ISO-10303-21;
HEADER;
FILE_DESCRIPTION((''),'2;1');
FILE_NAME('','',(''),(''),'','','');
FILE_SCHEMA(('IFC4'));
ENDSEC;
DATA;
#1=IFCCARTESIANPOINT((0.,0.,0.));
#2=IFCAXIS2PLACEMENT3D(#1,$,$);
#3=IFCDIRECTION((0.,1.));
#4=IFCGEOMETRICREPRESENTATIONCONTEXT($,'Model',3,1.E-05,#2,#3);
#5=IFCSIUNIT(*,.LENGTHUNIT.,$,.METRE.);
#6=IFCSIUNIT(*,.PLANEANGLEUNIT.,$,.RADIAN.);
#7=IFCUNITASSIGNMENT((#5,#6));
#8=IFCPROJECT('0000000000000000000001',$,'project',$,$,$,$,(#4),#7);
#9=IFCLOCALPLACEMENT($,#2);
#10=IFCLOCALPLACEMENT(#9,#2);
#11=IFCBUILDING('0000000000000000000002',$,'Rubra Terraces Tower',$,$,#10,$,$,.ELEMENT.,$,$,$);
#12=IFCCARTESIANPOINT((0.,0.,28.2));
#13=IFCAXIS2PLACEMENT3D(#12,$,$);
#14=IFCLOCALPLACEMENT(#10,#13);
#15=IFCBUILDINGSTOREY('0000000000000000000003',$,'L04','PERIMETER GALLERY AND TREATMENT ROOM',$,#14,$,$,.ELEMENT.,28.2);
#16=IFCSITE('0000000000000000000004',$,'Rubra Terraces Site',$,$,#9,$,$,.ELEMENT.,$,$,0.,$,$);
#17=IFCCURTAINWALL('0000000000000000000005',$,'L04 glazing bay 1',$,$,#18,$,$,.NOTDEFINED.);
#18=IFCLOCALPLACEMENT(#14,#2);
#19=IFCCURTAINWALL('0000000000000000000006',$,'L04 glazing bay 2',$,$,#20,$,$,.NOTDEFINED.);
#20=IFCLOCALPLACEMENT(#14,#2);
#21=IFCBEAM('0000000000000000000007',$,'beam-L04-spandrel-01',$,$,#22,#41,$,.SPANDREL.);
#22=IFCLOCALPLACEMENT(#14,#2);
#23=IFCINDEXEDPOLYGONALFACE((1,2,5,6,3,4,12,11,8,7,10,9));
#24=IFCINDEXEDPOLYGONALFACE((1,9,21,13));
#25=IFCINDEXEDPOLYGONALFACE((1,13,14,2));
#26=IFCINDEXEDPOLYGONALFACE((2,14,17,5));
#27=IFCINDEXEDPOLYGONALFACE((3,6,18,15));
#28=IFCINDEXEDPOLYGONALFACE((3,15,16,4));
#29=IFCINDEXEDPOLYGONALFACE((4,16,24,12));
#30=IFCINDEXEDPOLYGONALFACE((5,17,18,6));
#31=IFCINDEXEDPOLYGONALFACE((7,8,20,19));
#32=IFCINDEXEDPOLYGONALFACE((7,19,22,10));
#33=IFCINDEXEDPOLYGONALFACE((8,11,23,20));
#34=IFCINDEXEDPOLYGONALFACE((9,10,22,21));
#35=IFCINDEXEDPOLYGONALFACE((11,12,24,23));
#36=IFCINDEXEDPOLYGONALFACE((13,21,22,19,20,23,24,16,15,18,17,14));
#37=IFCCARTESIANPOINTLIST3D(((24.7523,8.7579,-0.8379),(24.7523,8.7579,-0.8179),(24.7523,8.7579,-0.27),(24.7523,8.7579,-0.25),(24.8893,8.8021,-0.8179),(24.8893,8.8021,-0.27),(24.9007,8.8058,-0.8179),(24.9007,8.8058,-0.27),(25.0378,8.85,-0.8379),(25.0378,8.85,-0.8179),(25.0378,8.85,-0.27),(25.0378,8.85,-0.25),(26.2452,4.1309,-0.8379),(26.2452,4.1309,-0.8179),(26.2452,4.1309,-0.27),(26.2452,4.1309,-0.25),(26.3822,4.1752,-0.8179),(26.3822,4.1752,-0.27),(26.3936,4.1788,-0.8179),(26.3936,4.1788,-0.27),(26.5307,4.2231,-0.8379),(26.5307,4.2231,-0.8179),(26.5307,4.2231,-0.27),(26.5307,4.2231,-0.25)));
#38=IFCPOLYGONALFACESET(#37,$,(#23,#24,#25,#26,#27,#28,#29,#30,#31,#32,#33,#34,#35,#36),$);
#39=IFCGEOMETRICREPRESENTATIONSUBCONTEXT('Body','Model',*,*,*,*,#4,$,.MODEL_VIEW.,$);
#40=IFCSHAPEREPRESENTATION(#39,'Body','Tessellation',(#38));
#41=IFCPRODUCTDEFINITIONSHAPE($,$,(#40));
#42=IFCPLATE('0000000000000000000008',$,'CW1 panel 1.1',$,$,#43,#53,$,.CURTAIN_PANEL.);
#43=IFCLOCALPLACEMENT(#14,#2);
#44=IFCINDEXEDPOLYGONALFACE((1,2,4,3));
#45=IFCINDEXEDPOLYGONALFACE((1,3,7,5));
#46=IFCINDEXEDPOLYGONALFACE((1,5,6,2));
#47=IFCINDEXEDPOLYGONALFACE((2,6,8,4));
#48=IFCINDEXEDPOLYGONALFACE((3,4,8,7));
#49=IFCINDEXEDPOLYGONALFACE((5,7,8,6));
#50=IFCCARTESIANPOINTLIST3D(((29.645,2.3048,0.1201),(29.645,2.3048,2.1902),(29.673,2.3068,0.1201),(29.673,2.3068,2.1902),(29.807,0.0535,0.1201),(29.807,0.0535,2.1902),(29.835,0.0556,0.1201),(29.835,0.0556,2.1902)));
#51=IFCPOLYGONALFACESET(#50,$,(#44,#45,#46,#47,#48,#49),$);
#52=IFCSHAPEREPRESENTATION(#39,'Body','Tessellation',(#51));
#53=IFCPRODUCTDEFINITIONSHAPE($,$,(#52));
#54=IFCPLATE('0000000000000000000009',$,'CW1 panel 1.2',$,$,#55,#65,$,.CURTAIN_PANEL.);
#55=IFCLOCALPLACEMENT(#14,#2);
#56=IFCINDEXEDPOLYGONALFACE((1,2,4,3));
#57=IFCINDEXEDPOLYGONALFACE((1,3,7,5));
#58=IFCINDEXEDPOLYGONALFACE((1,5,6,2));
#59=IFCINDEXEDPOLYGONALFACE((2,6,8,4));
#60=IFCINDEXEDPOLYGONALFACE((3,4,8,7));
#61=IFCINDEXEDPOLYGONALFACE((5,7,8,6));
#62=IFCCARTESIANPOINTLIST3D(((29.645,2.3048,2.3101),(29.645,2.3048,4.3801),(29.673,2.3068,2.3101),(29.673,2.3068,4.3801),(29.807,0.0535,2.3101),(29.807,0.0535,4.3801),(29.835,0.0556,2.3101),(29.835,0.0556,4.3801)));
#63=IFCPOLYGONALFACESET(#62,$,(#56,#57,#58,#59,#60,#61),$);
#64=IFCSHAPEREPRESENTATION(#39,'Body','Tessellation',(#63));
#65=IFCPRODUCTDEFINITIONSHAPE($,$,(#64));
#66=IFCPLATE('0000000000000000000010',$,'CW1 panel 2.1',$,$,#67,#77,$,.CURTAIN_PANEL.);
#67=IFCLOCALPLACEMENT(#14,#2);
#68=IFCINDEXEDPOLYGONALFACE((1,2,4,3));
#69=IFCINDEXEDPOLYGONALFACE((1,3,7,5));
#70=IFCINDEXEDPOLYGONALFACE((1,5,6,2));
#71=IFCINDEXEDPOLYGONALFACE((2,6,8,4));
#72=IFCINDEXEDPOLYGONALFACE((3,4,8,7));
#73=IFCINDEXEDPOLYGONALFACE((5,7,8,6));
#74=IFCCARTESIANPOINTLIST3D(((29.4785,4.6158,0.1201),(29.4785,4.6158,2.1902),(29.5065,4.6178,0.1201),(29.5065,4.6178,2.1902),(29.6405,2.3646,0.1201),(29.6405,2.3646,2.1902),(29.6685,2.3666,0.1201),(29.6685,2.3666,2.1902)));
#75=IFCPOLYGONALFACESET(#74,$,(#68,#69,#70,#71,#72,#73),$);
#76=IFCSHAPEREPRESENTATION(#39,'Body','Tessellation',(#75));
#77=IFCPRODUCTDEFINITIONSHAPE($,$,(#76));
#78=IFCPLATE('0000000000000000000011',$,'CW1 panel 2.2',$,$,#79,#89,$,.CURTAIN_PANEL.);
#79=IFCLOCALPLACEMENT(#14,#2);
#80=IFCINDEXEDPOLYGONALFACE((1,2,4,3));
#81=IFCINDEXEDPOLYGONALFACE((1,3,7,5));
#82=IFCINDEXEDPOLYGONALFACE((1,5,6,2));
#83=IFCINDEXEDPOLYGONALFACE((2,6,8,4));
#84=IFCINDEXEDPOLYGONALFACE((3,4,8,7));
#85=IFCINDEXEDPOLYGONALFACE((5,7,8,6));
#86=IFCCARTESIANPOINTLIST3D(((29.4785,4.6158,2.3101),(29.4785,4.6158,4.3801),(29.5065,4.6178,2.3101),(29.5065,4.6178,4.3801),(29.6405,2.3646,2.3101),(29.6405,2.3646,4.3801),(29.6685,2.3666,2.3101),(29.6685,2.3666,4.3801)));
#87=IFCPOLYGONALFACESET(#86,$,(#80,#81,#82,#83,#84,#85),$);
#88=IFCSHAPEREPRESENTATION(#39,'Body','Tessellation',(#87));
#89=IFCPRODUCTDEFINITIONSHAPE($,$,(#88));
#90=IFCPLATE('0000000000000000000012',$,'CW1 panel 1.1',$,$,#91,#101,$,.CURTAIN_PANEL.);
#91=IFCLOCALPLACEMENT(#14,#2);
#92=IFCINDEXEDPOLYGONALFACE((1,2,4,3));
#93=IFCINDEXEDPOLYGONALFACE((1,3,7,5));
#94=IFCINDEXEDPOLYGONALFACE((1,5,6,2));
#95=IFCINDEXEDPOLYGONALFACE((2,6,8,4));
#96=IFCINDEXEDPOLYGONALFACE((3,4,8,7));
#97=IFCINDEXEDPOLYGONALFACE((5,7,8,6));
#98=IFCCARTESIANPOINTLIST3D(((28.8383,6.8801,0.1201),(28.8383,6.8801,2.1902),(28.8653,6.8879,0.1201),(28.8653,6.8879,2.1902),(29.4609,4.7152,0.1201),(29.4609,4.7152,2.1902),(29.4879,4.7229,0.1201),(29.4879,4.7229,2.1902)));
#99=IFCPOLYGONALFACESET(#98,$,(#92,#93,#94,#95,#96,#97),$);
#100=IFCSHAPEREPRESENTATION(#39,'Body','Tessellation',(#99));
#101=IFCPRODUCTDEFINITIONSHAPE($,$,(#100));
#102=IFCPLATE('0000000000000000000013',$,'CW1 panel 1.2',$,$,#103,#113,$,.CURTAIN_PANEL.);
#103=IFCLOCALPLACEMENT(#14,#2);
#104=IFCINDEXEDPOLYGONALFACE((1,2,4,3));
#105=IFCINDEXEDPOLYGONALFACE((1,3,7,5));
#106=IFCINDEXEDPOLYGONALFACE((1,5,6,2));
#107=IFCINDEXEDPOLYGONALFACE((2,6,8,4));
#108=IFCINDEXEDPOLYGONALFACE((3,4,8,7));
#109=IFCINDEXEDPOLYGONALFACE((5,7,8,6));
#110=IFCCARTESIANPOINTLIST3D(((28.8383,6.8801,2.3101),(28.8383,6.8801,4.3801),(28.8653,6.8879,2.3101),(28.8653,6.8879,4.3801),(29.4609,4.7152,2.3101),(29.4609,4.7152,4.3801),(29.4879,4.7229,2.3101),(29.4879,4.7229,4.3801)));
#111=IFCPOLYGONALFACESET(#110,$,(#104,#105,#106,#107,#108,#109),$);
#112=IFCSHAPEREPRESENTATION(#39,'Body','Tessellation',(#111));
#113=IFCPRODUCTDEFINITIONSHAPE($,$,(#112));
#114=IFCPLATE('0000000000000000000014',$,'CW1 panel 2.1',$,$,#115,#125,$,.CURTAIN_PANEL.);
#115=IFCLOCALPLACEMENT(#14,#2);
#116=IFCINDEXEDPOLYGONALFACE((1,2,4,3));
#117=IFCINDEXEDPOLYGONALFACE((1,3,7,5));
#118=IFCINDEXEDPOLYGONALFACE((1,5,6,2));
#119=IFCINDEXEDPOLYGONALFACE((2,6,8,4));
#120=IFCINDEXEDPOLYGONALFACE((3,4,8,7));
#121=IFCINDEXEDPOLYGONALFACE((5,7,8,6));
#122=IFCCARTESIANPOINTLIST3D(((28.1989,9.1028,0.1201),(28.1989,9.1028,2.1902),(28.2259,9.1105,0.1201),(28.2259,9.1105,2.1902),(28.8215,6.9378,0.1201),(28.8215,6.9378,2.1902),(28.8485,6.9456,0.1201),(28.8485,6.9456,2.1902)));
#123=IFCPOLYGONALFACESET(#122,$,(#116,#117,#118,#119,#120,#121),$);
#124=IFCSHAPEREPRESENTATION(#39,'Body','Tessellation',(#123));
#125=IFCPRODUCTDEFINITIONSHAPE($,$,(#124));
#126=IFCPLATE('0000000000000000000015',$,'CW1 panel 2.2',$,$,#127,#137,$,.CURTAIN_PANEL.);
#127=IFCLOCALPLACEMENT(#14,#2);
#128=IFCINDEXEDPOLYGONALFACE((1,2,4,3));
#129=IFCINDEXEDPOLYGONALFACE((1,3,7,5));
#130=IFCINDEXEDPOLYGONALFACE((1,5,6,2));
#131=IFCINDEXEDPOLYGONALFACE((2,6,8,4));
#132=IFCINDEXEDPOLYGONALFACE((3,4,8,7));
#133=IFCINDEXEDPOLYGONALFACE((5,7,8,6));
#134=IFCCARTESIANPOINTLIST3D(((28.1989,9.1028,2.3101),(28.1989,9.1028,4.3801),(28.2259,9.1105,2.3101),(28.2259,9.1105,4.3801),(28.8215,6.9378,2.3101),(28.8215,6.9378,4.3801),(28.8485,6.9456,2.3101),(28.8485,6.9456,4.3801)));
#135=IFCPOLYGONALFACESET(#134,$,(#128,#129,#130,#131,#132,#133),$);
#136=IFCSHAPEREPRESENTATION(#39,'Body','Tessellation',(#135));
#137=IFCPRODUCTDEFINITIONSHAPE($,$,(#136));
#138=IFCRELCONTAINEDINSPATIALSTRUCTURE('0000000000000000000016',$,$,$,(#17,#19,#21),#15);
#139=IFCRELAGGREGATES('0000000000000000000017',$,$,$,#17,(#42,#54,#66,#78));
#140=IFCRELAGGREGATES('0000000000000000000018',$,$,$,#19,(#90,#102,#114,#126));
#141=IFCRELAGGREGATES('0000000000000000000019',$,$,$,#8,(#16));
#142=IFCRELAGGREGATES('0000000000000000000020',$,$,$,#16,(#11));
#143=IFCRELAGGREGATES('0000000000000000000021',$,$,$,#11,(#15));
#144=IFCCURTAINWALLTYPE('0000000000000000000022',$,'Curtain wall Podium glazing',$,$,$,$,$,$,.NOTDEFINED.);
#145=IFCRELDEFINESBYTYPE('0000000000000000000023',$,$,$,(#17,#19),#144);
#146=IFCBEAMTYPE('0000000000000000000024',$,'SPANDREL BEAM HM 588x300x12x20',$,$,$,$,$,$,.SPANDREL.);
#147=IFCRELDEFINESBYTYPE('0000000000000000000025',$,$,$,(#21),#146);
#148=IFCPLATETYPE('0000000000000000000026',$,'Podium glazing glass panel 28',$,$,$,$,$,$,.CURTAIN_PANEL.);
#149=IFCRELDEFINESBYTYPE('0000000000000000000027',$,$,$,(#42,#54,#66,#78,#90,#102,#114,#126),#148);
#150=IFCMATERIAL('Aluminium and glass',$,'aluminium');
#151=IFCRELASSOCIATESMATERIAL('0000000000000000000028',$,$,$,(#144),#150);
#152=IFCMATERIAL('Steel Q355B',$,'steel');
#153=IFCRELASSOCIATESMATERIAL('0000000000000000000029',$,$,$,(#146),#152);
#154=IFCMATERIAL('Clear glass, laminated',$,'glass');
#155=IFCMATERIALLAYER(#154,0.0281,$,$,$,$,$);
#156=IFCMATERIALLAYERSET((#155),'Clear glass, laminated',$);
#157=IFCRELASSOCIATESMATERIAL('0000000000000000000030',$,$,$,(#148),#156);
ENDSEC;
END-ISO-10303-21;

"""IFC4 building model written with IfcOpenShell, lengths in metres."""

from ifc_helpers import new_model, si_unit, direction, frame, origin, origin_2d, place, context, subcontext, project, spatial, rectangle, i_section, extrude, material, layer, layer_set, material_profile, profile_set, type_object, element, aggregate, save


model = new_model("IFC4")

# Units and contexts
model_context = context("Model", 3, precision=1e-05, world=origin(), true_north=direction((0.0, 1.0)))
body_context = subcontext(model_context, "Body", "Model", "MODEL_VIEW")
ifc_project = project(units=[si_unit("LENGTHUNIT", "METRE"), si_unit("PLANEANGLEUNIT", "RADIAN")], contexts=[model_context])

# Site, building, storey
site_placement = place(None, origin())
site = spatial("IfcSite", under=ifc_project, at=site_placement, Name="Rubra Terraces Site", CompositionType="ELEMENT", RefElevation=0.0)
building_placement = place(site_placement, origin())
building = spatial("IfcBuilding", under=site, at=building_placement, Name="Rubra Terraces Tower", CompositionType="ELEMENT")
storey_placement = place(building_placement, frame((0.0, 0.0, 28.2)))
storey = spatial("IfcBuildingStorey", under=building, at=storey_placement, Name="L04", Description="PERIMETER GALLERY AND TREATMENT ROOM", CompositionType="ELEMENT", Elevation=28.2)

# Shared definitions
ifc_material_1 = material(Name="Steel Q355B", Category="steel")

# Curtain walls
ifc_material_2 = material(Name="Aluminium and glass", Category="aluminium")
curtain_wall_type = type_object("IfcCurtainWallType", Name="Curtain wall Podium glazing", PredefinedType="NOTDEFINED", material=ifc_material_2)
curtain_wall_1_placement = place(storey_placement, origin())
curtain_wall_1 = element("IfcCurtainWall", 1, at=curtain_wall_1_placement, inside=storey, type_object=curtain_wall_type, Name="L04 glazing bay 1", PredefinedType="NOTDEFINED")
curtain_wall_2_placement = place(storey_placement, origin())
curtain_wall_2 = element("IfcCurtainWall", 2, at=curtain_wall_2_placement, inside=storey, type_object=curtain_wall_type, Name="L04 glazing bay 2", PredefinedType="NOTDEFINED")

# Beam
ifc_material_profile_1 = material_profile(ifc_material_1, i_section(OverallWidth=0.3, OverallDepth=0.5879, WebThickness=0.012, FlangeThickness=0.02, at=origin_2d()), Name="HM 588x300x12x20")
ifc_profile_set_1 = profile_set([ifc_material_profile_1], Name="Steel Q355B")
beam_type_1 = type_object("IfcBeamType", Name="SPANDREL BEAM HM 588x300x12x20", PredefinedType="SPANDREL", material=ifc_profile_set_1)
beam_1_placement = place(storey_placement, frame((26.3879, 4.177, -0.5439), z_axis=(-0.307069, 0.951687, 0.0), x_axis=(-0.951687, -0.307069, 0.0)))
element("IfcBeam", 3, at=beam_1_placement, inside=storey, type_object=beam_type_1, Name="beam-L04-spandrel-01", PredefinedType="SPANDREL", context=body_context, shape_type="SweptSolid", body=[
    extrude(i_section(OverallWidth=0.3, OverallDepth=0.5879, WebThickness=0.012, FlangeThickness=0.02, at=origin_2d()), origin(), (0.0, 0.0, 1.0), 4.8618),
])

# Plates
ifc_material_3 = material(Name="Clear glass, laminated", Category="glass")
ifc_layer = layer(ifc_material_3, 0.0281)
ifc_layer_set = layer_set([ifc_layer], Name="Clear glass, laminated")
plate_type = type_object("IfcPlateType", Name="Podium glazing glass panel 28", PredefinedType="CURTAIN_PANEL", material=ifc_layer_set)
plate_1_placement = place(storey_placement, frame((29.74, 1.1802, 0.1201), z_axis=(0.0, 0.0, 1.0), x_axis=(-0.071792, 0.99742, 0.0)))
plate_1 = element("IfcPlate", 4, at=plate_1_placement, type_object=plate_type, Name="CW1 panel 1.1", PredefinedType="CURTAIN_PANEL", context=body_context, shape_type="SweptSolid", body=[
    extrude(rectangle(XDim=2.2571, YDim=0.0281, at=origin_2d()), origin(), (0.0, 0.0, 1.0), 2.0701),
])
plate_2_placement = place(storey_placement, frame((29.74, 1.1802, 2.3101), z_axis=(0.0, 0.0, 1.0), x_axis=(-0.071792, 0.99742, 0.0)))
plate_2 = element("IfcPlate", 5, at=plate_2_placement, type_object=plate_type, Name="CW1 panel 1.2", PredefinedType="CURTAIN_PANEL", context=body_context, shape_type="SweptSolid", body=[
    extrude(rectangle(XDim=2.2571, YDim=0.0281, at=origin_2d()), origin(), (0.0, 0.0, 1.0), 2.0701),
])
plate_3_placement = place(storey_placement, frame((29.5735, 3.4912, 0.1201), z_axis=(0.0, 0.0, 1.0), x_axis=(-0.071792, 0.99742, 0.0)))
plate_3 = element("IfcPlate", 6, at=plate_3_placement, type_object=plate_type, Name="CW1 panel 2.1", PredefinedType="CURTAIN_PANEL", context=body_context, shape_type="SweptSolid", body=[
    extrude(rectangle(XDim=2.2571, YDim=0.0281, at=origin_2d()), origin(), (0.0, 0.0, 1.0), 2.0701),
])
plate_4_placement = place(storey_placement, frame((29.5735, 3.4912, 2.3101), z_axis=(0.0, 0.0, 1.0), x_axis=(-0.071792, 0.99742, 0.0)))
plate_4 = element("IfcPlate", 7, at=plate_4_placement, type_object=plate_type, Name="CW1 panel 2.2", PredefinedType="CURTAIN_PANEL", context=body_context, shape_type="SweptSolid", body=[
    extrude(rectangle(XDim=2.2571, YDim=0.0281, at=origin_2d()), origin(), (0.0, 0.0, 1.0), 2.0701),
])
aggregate(curtain_wall_1, [plate_1, plate_2, plate_3, plate_4])
plate_5_placement = place(storey_placement, frame((29.1631, 5.8015, 0.1201), z_axis=(0.0, 0.0, 1.0), x_axis=(-0.276384, 0.961047, 0.0)))
plate_5 = element("IfcPlate", 8, at=plate_5_placement, type_object=plate_type, Name="CW1 panel 1.1", PredefinedType="CURTAIN_PANEL", context=body_context, shape_type="SweptSolid", body=[
    extrude(rectangle(XDim=2.2527, YDim=0.0281, at=origin_2d()), origin(), (0.0, 0.0, 1.0), 2.0701),
])
plate_6_placement = place(storey_placement, frame((29.1631, 5.8015, 2.3101), z_axis=(0.0, 0.0, 1.0), x_axis=(-0.276384, 0.961047, 0.0)))
plate_6 = element("IfcPlate", 9, at=plate_6_placement, type_object=plate_type, Name="CW1 panel 1.2", PredefinedType="CURTAIN_PANEL", context=body_context, shape_type="SweptSolid", body=[
    extrude(rectangle(XDim=2.2527, YDim=0.0281, at=origin_2d()), origin(), (0.0, 0.0, 1.0), 2.0701),
])
plate_7_placement = place(storey_placement, frame((28.5237, 8.0242, 0.1201), z_axis=(0.0, 0.0, 1.0), x_axis=(-0.276384, 0.961047, 0.0)))
plate_7 = element("IfcPlate", 10, at=plate_7_placement, type_object=plate_type, Name="CW1 panel 2.1", PredefinedType="CURTAIN_PANEL", context=body_context, shape_type="SweptSolid", body=[
    extrude(rectangle(XDim=2.2527, YDim=0.0281, at=origin_2d()), origin(), (0.0, 0.0, 1.0), 2.0701),
])
plate_8_placement = place(storey_placement, frame((28.5237, 8.0242, 2.3101), z_axis=(0.0, 0.0, 1.0), x_axis=(-0.276384, 0.961047, 0.0)))
plate_8 = element("IfcPlate", 11, at=plate_8_placement, type_object=plate_type, Name="CW1 panel 2.2", PredefinedType="CURTAIN_PANEL", context=body_context, shape_type="SweptSolid", body=[
    extrude(rectangle(XDim=2.2527, YDim=0.0281, at=origin_2d()), origin(), (0.0, 0.0, 1.0), 2.0701),
])
aggregate(curtain_wall_2, [plate_5, plate_6, plate_7, plate_8])

save(model, "model.ifc")
